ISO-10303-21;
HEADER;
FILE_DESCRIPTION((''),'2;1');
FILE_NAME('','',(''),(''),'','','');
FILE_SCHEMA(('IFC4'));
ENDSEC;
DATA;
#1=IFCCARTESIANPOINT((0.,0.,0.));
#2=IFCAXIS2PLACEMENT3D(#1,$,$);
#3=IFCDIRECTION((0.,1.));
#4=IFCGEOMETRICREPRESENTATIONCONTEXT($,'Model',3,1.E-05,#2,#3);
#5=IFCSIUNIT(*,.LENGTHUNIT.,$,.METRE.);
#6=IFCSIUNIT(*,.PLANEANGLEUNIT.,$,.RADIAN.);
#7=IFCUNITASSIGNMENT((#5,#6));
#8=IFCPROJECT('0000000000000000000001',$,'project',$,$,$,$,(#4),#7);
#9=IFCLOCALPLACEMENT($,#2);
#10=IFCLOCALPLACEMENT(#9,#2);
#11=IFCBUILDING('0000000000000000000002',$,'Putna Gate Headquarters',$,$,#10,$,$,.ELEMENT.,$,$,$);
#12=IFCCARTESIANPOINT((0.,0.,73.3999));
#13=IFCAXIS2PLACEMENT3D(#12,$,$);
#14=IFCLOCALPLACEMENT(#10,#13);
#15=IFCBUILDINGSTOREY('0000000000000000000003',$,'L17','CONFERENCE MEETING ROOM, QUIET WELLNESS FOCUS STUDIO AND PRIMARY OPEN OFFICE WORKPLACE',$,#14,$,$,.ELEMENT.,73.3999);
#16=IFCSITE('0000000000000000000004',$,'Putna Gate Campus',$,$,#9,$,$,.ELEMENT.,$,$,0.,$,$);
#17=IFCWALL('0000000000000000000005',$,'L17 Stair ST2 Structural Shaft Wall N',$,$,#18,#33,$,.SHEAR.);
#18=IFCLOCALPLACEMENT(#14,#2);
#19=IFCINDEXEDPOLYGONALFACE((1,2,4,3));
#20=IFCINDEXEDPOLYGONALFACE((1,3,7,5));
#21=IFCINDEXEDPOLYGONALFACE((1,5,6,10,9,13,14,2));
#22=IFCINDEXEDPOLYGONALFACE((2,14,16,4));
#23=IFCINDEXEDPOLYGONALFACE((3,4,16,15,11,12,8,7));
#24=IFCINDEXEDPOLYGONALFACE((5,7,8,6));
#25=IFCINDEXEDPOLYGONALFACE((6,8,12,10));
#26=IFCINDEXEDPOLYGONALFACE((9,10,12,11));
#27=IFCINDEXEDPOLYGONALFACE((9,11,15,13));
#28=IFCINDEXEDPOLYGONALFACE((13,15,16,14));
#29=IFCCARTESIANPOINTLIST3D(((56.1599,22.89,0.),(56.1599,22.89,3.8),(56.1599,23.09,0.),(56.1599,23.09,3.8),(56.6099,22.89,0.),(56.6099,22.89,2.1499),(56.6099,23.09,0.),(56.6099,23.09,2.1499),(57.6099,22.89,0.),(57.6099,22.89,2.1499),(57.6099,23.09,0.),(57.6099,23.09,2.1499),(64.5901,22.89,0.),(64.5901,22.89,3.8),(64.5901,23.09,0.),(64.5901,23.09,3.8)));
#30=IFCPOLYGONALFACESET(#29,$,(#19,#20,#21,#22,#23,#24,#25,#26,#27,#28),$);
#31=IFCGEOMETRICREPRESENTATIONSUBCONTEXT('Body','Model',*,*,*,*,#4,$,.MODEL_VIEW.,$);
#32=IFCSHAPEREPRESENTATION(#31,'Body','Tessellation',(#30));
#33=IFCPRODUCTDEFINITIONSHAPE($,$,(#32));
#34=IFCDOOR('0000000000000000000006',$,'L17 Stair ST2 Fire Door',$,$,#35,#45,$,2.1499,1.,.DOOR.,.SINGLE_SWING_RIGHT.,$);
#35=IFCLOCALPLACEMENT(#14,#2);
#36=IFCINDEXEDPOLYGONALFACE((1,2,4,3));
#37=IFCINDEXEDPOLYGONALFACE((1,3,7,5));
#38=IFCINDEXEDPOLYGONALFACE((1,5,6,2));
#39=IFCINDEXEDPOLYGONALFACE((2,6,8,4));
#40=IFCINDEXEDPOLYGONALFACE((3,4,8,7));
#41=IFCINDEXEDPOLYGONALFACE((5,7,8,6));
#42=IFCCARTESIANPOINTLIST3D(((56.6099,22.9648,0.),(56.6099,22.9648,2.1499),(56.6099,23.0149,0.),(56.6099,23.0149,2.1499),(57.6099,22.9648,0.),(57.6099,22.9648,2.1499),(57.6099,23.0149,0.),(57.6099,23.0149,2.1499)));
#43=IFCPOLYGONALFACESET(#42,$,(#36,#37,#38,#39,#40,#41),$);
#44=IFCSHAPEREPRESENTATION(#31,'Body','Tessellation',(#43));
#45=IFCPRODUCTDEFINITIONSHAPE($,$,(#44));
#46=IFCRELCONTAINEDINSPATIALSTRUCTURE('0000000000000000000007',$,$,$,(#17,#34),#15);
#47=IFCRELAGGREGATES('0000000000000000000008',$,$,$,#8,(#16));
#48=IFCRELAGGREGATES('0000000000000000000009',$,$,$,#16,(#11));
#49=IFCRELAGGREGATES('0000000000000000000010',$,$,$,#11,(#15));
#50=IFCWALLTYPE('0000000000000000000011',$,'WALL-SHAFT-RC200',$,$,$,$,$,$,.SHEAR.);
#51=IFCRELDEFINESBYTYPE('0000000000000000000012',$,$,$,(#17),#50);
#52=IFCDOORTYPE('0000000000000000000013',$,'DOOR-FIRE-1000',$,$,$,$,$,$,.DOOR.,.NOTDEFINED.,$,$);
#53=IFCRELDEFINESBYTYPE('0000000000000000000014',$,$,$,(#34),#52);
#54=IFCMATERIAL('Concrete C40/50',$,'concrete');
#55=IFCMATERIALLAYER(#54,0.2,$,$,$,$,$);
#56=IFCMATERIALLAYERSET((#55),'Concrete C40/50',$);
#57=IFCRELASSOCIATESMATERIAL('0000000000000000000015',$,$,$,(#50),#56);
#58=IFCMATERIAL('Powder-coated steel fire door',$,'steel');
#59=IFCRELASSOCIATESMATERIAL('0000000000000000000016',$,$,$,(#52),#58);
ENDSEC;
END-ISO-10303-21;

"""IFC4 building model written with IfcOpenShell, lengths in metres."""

from ifc_helpers import new_model, si_unit, direction, frame, frame_2d, origin, place, context, subcontext, project, spatial, rectangle, extrude, material, layer, layer_set, type_object, element, fill, save


model = new_model("IFC4")

# Units and contexts
model_context = context("Model", 3, precision=1e-05, world=origin(), true_north=direction((0.0, 1.0)))
body_context = subcontext(model_context, "Body", "Model", "MODEL_VIEW")
ifc_project = project(units=[si_unit("LENGTHUNIT", "METRE"), si_unit("PLANEANGLEUNIT", "RADIAN")], contexts=[model_context])

# Site, building, storey
site_placement = place(None, origin())
site = spatial("IfcSite", under=ifc_project, at=site_placement, Name="Putna Gate Campus", CompositionType="ELEMENT", RefElevation=0.0)
building_placement = place(site_placement, origin())
building = spatial("IfcBuilding", under=site, at=building_placement, Name="Putna Gate Headquarters", CompositionType="ELEMENT")
storey_placement = place(building_placement, frame((0.0, 0.0, 73.3999)))
storey = spatial("IfcBuildingStorey", under=building, at=storey_placement, Name="L17", Description="CONFERENCE MEETING ROOM, QUIET WELLNESS FOCUS STUDIO AND PRIMARY OPEN OFFICE WORKPLACE", CompositionType="ELEMENT", Elevation=73.3999)

# Shared definitions
ifc_material_1 = material(Name="Concrete C40/50", Category="concrete")

# Wall, opening, door
ifc_layer_1 = layer(ifc_material_1, 0.2)
ifc_layer_set_1 = layer_set([ifc_layer_1], Name="Concrete C40/50")
wall_type_1 = type_object("IfcWallType", Name="WALL-SHAFT-RC200", PredefinedType="SHEAR", material=ifc_layer_set_1)
wall_1_placement = place(storey_placement, frame((56.1599, 22.99, 0.0), z_axis=(0.0, 0.0, 1.0), x_axis=(1.0, 0.0, 0.0)))
wall_1 = element("IfcWall", 1, at=wall_1_placement, inside=storey, type_object=wall_type_1, Name="L17 Stair ST2 Structural Shaft Wall N", PredefinedType="SHEAR", context=body_context, shape_type="SweptSolid", body=[
    extrude(rectangle(XDim=8.4302, YDim=0.2, at=frame_2d((4.2151, 0.0))), origin(), (0.0, 0.0, 1.0), 3.8),
])
opening_1_placement = place(wall_1_placement, frame((0.45, 0.0, 0.0)))
opening_1 = element("IfcOpeningElement", 2, at=opening_1_placement, cuts=wall_1, PredefinedType="OPENING", context=body_context, shape_type="SweptSolid", body=[
    extrude(rectangle(XDim=1.0, YDim=2.1499, at=frame_2d((0.5, 1.075))), frame((0.0, 0.1099, 0.0), z_axis=(0.0, -1.0, 0.0), x_axis=(1.0, 0.0, 0.0)), (0.0, 0.0, 1.0), 0.22),
])
ifc_material_2 = material(Name="Powder-coated steel fire door", Category="steel")
door_type_1 = type_object("IfcDoorType", Name="DOOR-FIRE-1000", OperationType="NOTDEFINED", PredefinedType="DOOR", material=ifc_material_2)
door_1_placement = place(opening_1_placement, origin())
door_1 = element("IfcDoor", 3, at=door_1_placement, inside=storey, type_object=door_type_1, Name="L17 Stair ST2 Fire Door", OperationType="SINGLE_SWING_RIGHT", OverallHeight=2.1499, OverallWidth=1.0, PredefinedType="DOOR", context=body_context, shape_type="SweptSolid", body=[
    extrude(rectangle(XDim=1.0, YDim=2.1499, at=frame_2d((0.5, 1.075))), frame((0.0, 0.0249, 0.0), z_axis=(0.0, -1.0, 0.0), x_axis=(1.0, 0.0, 0.0)), (0.0, 0.0, 1.0), 0.05),
])
fill(opening_1, door_1)

save(model, "model.ifc")
